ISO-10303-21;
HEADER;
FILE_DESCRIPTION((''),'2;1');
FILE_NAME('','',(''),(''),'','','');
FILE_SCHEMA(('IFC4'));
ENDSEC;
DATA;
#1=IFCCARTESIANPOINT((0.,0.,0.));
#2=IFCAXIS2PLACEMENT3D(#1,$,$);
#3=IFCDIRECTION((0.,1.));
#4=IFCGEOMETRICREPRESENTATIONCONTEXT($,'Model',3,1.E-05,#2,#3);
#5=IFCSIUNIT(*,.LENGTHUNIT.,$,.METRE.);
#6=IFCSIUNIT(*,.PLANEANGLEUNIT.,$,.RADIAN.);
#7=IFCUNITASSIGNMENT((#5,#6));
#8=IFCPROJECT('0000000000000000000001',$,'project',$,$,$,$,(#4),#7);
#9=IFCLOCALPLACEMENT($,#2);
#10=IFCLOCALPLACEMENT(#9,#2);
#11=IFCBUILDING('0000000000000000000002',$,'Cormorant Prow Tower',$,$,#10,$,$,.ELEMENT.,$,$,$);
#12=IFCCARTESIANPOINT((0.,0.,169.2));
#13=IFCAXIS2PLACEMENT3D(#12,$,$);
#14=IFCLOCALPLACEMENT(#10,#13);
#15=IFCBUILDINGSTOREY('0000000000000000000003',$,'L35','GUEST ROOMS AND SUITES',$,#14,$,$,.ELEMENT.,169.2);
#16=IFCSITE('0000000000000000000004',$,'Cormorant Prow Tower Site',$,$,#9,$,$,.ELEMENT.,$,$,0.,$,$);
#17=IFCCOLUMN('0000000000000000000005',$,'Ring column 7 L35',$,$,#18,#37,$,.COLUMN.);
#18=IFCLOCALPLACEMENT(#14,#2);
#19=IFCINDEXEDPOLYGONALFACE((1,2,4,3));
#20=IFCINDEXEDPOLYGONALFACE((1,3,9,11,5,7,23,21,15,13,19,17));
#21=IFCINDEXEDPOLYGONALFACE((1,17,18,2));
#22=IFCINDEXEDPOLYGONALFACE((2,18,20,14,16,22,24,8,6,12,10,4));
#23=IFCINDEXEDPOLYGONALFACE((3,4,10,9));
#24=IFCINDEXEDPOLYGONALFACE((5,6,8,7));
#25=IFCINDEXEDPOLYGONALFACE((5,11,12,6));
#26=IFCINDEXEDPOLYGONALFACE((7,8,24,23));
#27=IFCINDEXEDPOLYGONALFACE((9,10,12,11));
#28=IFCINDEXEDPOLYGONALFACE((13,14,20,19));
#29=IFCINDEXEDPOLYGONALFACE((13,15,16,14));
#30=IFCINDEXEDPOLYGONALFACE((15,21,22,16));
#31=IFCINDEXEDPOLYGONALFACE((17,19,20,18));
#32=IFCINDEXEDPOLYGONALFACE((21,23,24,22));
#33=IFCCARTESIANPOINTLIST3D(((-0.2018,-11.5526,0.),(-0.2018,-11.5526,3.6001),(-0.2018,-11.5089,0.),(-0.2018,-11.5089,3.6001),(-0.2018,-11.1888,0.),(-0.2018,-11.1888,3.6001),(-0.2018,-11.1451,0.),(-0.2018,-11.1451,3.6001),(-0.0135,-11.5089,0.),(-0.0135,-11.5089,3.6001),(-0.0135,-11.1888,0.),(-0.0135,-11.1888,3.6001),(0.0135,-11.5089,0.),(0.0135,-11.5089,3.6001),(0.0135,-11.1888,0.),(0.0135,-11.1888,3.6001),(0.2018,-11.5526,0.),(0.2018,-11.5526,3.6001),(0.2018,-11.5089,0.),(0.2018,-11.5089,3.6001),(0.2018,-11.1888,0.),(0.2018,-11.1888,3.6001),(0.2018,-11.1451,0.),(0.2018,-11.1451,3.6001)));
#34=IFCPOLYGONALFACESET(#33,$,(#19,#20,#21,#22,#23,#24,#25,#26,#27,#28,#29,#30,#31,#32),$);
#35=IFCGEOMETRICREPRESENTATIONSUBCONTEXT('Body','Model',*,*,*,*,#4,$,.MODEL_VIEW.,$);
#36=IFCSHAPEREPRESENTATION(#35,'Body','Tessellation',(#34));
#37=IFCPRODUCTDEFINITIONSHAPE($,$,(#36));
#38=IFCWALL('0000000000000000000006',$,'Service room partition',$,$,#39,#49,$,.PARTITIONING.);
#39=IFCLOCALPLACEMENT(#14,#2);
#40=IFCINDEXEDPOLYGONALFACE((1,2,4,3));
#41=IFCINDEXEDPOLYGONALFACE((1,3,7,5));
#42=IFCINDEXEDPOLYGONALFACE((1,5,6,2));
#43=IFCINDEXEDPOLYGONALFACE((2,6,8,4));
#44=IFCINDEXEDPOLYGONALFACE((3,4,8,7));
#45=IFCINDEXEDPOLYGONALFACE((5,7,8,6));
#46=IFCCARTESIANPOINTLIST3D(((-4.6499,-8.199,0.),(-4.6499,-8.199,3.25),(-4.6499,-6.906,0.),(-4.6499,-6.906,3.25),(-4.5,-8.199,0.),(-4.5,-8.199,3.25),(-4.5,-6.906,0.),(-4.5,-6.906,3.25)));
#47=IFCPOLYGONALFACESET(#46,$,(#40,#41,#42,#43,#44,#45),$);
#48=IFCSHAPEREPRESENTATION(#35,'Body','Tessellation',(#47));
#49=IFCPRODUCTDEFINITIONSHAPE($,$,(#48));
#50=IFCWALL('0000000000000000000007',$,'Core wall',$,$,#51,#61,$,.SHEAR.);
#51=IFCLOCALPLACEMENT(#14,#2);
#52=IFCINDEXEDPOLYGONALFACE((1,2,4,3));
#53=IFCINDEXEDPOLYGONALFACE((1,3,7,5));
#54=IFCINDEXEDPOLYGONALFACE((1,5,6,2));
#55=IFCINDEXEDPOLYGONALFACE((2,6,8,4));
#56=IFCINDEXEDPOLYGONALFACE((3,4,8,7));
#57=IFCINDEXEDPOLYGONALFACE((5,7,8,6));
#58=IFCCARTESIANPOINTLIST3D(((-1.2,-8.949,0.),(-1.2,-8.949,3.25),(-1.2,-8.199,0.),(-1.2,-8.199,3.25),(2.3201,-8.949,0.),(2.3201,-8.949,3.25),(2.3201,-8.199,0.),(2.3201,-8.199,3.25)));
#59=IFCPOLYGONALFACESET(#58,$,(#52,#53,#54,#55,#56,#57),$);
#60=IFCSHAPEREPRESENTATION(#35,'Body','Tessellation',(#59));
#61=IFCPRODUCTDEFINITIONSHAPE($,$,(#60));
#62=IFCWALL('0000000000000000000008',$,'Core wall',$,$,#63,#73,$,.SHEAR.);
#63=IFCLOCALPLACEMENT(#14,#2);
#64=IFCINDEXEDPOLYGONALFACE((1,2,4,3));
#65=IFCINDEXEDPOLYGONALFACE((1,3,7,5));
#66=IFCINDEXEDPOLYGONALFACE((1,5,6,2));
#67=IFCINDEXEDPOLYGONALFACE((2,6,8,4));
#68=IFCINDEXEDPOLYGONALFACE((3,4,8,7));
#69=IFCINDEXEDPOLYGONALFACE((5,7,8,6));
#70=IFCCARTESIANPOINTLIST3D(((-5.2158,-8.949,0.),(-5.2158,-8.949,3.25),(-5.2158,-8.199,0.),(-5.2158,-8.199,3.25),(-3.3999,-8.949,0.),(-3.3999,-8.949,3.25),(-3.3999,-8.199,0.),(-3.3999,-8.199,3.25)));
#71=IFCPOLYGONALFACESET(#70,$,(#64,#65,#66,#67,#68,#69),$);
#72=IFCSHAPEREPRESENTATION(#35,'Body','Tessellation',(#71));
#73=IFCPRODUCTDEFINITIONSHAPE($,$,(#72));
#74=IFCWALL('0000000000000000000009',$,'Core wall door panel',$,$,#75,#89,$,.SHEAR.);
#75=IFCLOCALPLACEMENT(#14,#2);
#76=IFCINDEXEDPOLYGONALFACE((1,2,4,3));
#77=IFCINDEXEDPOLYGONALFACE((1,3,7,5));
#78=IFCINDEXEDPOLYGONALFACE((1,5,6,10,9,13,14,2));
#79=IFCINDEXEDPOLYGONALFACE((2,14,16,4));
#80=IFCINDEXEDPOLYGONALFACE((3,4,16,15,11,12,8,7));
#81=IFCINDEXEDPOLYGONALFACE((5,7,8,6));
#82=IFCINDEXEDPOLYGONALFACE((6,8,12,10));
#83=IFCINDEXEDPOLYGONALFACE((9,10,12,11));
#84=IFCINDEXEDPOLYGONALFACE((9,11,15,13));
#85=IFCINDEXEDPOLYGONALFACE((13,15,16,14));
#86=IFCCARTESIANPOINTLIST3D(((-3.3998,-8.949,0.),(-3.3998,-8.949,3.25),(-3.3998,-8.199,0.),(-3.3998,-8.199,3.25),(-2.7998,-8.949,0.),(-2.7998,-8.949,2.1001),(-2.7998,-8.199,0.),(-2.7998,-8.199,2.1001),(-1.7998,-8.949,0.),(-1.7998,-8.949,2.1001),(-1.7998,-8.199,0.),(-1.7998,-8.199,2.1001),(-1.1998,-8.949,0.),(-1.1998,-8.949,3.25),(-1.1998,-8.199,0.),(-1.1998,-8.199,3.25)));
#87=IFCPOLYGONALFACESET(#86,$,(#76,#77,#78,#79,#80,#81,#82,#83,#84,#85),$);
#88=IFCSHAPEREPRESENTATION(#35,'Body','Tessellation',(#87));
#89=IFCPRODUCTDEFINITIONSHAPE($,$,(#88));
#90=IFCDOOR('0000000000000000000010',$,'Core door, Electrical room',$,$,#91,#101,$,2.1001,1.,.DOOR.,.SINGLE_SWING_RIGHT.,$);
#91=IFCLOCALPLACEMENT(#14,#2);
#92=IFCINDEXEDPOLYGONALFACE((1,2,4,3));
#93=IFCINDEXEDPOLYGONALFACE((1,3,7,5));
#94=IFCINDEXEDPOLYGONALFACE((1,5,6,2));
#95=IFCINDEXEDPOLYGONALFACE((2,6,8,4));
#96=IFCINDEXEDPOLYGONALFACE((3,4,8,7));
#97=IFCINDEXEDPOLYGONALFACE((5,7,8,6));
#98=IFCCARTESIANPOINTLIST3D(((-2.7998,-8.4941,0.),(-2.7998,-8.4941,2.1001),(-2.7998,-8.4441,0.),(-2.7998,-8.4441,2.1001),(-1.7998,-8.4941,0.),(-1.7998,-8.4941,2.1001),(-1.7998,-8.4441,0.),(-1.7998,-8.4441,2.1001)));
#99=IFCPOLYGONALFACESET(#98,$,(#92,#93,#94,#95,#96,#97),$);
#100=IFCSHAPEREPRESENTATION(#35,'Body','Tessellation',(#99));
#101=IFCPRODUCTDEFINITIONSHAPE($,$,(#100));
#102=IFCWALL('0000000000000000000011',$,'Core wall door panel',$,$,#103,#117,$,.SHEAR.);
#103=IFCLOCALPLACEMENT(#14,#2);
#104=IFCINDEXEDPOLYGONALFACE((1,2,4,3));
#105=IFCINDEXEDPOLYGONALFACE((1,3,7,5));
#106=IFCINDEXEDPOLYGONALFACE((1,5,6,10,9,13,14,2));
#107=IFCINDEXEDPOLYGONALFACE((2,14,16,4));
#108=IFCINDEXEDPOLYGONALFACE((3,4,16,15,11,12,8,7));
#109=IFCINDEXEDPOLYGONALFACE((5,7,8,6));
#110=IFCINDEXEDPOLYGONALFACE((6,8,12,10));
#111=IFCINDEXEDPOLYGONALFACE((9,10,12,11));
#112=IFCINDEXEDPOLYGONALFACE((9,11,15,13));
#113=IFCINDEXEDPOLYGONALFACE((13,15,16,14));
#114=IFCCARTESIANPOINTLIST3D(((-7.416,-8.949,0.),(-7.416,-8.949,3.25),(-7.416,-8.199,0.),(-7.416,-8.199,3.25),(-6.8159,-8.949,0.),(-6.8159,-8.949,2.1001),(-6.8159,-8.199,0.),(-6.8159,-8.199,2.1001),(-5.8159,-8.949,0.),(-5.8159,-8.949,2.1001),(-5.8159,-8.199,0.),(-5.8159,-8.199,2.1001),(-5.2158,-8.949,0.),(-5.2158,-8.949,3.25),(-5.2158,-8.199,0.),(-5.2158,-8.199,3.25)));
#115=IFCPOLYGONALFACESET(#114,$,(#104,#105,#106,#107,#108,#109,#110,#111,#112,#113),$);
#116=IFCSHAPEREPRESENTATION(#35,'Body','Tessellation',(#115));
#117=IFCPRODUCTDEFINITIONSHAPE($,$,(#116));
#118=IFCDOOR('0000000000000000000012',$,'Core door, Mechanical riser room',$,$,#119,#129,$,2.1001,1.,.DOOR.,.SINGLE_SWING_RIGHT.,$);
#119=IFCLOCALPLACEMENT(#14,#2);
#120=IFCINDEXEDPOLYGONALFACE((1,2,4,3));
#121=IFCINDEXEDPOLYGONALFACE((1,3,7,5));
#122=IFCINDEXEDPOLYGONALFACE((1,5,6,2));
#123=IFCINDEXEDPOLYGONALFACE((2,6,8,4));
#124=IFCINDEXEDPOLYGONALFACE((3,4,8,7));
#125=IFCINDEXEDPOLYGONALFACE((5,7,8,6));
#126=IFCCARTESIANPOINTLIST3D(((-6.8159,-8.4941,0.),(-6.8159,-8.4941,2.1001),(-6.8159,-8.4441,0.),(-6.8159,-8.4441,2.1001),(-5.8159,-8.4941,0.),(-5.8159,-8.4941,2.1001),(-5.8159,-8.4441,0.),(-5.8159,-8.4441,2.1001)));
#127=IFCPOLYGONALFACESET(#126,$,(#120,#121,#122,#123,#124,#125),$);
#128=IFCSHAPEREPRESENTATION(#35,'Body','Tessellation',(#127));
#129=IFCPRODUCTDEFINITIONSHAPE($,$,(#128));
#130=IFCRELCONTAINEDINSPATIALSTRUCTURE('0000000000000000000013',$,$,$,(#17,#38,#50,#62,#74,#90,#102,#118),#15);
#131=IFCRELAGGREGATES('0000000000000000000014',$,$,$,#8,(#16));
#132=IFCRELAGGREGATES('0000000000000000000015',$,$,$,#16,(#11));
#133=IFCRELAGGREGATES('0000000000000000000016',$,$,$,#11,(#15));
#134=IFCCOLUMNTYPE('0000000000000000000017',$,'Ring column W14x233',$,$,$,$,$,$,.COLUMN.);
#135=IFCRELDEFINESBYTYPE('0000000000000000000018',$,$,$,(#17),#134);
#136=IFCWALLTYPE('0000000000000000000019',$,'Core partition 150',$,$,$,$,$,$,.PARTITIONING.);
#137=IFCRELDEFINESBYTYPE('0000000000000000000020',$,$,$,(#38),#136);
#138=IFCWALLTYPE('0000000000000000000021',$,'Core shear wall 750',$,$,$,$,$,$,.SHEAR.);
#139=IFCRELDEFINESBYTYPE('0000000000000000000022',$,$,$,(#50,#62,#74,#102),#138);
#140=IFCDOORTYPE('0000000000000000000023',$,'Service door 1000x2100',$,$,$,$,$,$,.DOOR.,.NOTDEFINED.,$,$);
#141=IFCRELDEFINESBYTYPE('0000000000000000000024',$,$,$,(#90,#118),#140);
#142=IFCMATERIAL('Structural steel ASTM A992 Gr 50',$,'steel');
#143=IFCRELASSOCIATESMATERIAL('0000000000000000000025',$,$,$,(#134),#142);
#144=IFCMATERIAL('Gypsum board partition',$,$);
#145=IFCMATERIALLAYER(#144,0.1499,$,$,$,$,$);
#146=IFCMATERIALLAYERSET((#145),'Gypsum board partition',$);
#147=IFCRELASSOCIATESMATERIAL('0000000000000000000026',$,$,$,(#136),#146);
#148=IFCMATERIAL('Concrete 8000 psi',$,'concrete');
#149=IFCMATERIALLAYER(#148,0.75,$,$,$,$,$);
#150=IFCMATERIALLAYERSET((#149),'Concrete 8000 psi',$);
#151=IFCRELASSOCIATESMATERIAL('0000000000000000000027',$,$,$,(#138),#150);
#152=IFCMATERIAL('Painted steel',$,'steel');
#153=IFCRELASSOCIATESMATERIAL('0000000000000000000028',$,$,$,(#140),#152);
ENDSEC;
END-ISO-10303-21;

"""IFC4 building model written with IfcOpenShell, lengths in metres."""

from ifc_helpers import new_model, si_unit, direction, frame, frame_2d, origin, origin_2d, place, context, subcontext, project, spatial, rectangle, i_section, extrude, material, layer, layer_set, material_profile, profile_set, type_object, element, fill, save


model = new_model("IFC4")

# Units and contexts
model_context = context("Model", 3, precision=1e-05, world=origin(), true_north=direction((0.0, 1.0)))
body_context = subcontext(model_context, "Body", "Model", "MODEL_VIEW")
ifc_project = project(units=[si_unit("LENGTHUNIT", "METRE"), si_unit("PLANEANGLEUNIT", "RADIAN")], contexts=[model_context])

# Site, building, storey
site_placement = place(None, origin())
site = spatial("IfcSite", under=ifc_project, at=site_placement, Name="Cormorant Prow Tower Site", CompositionType="ELEMENT", RefElevation=0.0)
building_placement = place(site_placement, origin())
building = spatial("IfcBuilding", under=site, at=building_placement, Name="Cormorant Prow Tower", CompositionType="ELEMENT")
storey_placement = place(building_placement, frame((0.0, 0.0, 169.2)))
storey = spatial("IfcBuildingStorey", under=building, at=storey_placement, Name="L35", Description="GUEST ROOMS AND SUITES", CompositionType="ELEMENT", Elevation=169.2)

# Column
ifc_material_1 = material(Name="Structural steel ASTM A992 Gr 50", Category="steel")
ifc_material_profile = material_profile(ifc_material_1, i_section(OverallWidth=0.4036, OverallDepth=0.4075, WebThickness=0.0271, FlangeThickness=0.0437, at=origin_2d()), Name="W14x233")
ifc_profile_set = profile_set([ifc_material_profile], Name="Structural steel ASTM A992 Gr 50")
column_type = type_object("IfcColumnType", Name="Ring column W14x233", PredefinedType="COLUMN", material=ifc_profile_set)
column_placement = place(storey_placement, frame((0.0, -11.3489, 0.0), z_axis=(0.0, 0.0, 1.0), x_axis=(1.0, 0.0, 0.0)))
element("IfcColumn", 1, at=column_placement, inside=storey, type_object=column_type, Name="Ring column 7 L35", PredefinedType="COLUMN", context=body_context, shape_type="SweptSolid", body=[
    extrude(i_section(OverallWidth=0.4036, OverallDepth=0.4075, WebThickness=0.0271, FlangeThickness=0.0437, at=origin_2d()), origin(), (0.0, 0.0, 1.0), 3.6001),
])

# Walls
ifc_material_2 = material(Name="Gypsum board partition")
ifc_layer_1 = layer(ifc_material_2, 0.1499)
ifc_layer_set_1 = layer_set([ifc_layer_1], Name="Gypsum board partition")
wall_type_1 = type_object("IfcWallType", Name="Core partition 150", PredefinedType="PARTITIONING", material=ifc_layer_set_1)
wall_1_placement = place(storey_placement, frame((-4.575, -6.906, 0.0), z_axis=(0.0, 0.0, 1.0), x_axis=(0.0, -1.0, 0.0)))
element("IfcWall", 2, at=wall_1_placement, inside=storey, type_object=wall_type_1, Name="Service room partition", PredefinedType="PARTITIONING", context=body_context, shape_type="SweptSolid", body=[
    extrude(rectangle(XDim=1.293, YDim=0.1499, at=frame_2d((0.6465, 0.0))), origin(), (0.0, 0.0, 1.0), 3.25),
])
ifc_material_3 = material(Name="Concrete 8000 psi", Category="concrete")
ifc_layer_2 = layer(ifc_material_3, 0.75)
ifc_layer_set_2 = layer_set([ifc_layer_2], Name="Concrete 8000 psi")
wall_type_2 = type_object("IfcWallType", Name="Core shear wall 750", PredefinedType="SHEAR", material=ifc_layer_set_2)
wall_2_placement = place(storey_placement, frame((-1.2, -8.574, 0.0), z_axis=(0.0, 0.0, 1.0), x_axis=(1.0, 0.0, 0.0)))
element("IfcWall", 3, at=wall_2_placement, inside=storey, type_object=wall_type_2, Name="Core wall", PredefinedType="SHEAR", context=body_context, shape_type="SweptSolid", body=[
    extrude(rectangle(XDim=3.52, YDim=0.75, at=frame_2d((1.76, 0.0))), origin(), (0.0, 0.0, 1.0), 3.25),
])
wall_3_placement = place(storey_placement, frame((-5.2158, -8.574, 0.0), z_axis=(0.0, 0.0, 1.0), x_axis=(1.0, 0.0, 0.0)))
element("IfcWall", 4, at=wall_3_placement, inside=storey, type_object=wall_type_2, Name="Core wall", PredefinedType="SHEAR", context=body_context, shape_type="SweptSolid", body=[
    extrude(rectangle(XDim=1.8159, YDim=0.75, at=frame_2d((0.908, 0.0))), origin(), (0.0, 0.0, 1.0), 3.25),
])

# Walls, openings, doors
wall_4_placement = place(storey_placement, frame((-3.3999, -8.574, 0.0), z_axis=(0.0, 0.0, 1.0), x_axis=(1.0, 0.0, 0.0)))
wall_4 = element("IfcWall", 5, at=wall_4_placement, inside=storey, type_object=wall_type_2, Name="Core wall door panel", PredefinedType="SHEAR", context=body_context, shape_type="SweptSolid", body=[
    extrude(rectangle(XDim=2.2, YDim=0.75, at=frame_2d((1.1001, 0.0))), origin(), (0.0, 0.0, 1.0), 3.25),
])
opening_1_placement = place(wall_4_placement, frame((0.6001, 0.0, 0.0)))
opening_1 = element("IfcOpeningElement", 6, at=opening_1_placement, cuts=wall_4, PredefinedType="OPENING", context=body_context, shape_type="SweptSolid", body=[
    extrude(rectangle(XDim=1.0, YDim=2.1001, at=frame_2d((0.5, 1.05))), frame((0.0, 0.385, 0.0), z_axis=(0.0, -1.0, 0.0), x_axis=(1.0, 0.0, 0.0)), (0.0, 0.0, 1.0), 0.77),
])
ifc_material_4 = material(Name="Painted steel", Category="steel")
door_type_1 = type_object("IfcDoorType", Name="Service door 1000x2100", OperationType="NOTDEFINED", PredefinedType="DOOR", material=ifc_material_4)
door_1_placement = place(opening_1_placement, origin())
door_1 = element("IfcDoor", 7, at=door_1_placement, inside=storey, type_object=door_type_1, Name="Core door, Electrical room", OperationType="SINGLE_SWING_RIGHT", OverallHeight=2.1001, OverallWidth=1.0, PredefinedType="DOOR", context=body_context, shape_type="SweptSolid", body=[
    extrude(rectangle(XDim=1.0, YDim=2.1001, at=frame_2d((0.5, 1.05))), frame((0.0, 0.1299, 0.0), z_axis=(0.0, -1.0, 0.0), x_axis=(1.0, 0.0, 0.0)), (0.0, 0.0, 1.0), 0.05),
])
fill(opening_1, door_1)
wall_5_placement = place(storey_placement, frame((-7.416, -8.574, 0.0), z_axis=(0.0, 0.0, 1.0), x_axis=(1.0, 0.0, 0.0)))
wall_5 = element("IfcWall", 8, at=wall_5_placement, inside=storey, type_object=wall_type_2, Name="Core wall door panel", PredefinedType="SHEAR", context=body_context, shape_type="SweptSolid", body=[
    extrude(rectangle(XDim=2.2002, YDim=0.75, at=frame_2d((1.1001, 0.0))), origin(), (0.0, 0.0, 1.0), 3.25),
])
opening_2_placement = place(wall_5_placement, frame((0.6001, 0.0, 0.0)))
opening_2 = element("IfcOpeningElement", 9, at=opening_2_placement, cuts=wall_5, PredefinedType="OPENING", context=body_context, shape_type="SweptSolid", body=[
    extrude(rectangle(XDim=1.0, YDim=2.1001, at=frame_2d((0.5, 1.05))), frame((0.0, 0.385, 0.0), z_axis=(0.0, -1.0, 0.0), x_axis=(1.0, 0.0, 0.0)), (0.0, 0.0, 1.0), 0.77),
])
door_2_placement = place(opening_2_placement, origin())
door_2 = element("IfcDoor", 10, at=door_2_placement, inside=storey, type_object=door_type_1, Name="Core door, Mechanical riser room", OperationType="SINGLE_SWING_RIGHT", OverallHeight=2.1001, OverallWidth=1.0, PredefinedType="DOOR", context=body_context, shape_type="SweptSolid", body=[
    extrude(rectangle(XDim=1.0, YDim=2.1001, at=frame_2d((0.5, 1.05))), frame((0.0, 0.1299, 0.0), z_axis=(0.0, -1.0, 0.0), x_axis=(1.0, 0.0, 0.0)), (0.0, 0.0, 1.0), 0.05),
])
fill(opening_2, door_2)

save(model, "model.ifc")
